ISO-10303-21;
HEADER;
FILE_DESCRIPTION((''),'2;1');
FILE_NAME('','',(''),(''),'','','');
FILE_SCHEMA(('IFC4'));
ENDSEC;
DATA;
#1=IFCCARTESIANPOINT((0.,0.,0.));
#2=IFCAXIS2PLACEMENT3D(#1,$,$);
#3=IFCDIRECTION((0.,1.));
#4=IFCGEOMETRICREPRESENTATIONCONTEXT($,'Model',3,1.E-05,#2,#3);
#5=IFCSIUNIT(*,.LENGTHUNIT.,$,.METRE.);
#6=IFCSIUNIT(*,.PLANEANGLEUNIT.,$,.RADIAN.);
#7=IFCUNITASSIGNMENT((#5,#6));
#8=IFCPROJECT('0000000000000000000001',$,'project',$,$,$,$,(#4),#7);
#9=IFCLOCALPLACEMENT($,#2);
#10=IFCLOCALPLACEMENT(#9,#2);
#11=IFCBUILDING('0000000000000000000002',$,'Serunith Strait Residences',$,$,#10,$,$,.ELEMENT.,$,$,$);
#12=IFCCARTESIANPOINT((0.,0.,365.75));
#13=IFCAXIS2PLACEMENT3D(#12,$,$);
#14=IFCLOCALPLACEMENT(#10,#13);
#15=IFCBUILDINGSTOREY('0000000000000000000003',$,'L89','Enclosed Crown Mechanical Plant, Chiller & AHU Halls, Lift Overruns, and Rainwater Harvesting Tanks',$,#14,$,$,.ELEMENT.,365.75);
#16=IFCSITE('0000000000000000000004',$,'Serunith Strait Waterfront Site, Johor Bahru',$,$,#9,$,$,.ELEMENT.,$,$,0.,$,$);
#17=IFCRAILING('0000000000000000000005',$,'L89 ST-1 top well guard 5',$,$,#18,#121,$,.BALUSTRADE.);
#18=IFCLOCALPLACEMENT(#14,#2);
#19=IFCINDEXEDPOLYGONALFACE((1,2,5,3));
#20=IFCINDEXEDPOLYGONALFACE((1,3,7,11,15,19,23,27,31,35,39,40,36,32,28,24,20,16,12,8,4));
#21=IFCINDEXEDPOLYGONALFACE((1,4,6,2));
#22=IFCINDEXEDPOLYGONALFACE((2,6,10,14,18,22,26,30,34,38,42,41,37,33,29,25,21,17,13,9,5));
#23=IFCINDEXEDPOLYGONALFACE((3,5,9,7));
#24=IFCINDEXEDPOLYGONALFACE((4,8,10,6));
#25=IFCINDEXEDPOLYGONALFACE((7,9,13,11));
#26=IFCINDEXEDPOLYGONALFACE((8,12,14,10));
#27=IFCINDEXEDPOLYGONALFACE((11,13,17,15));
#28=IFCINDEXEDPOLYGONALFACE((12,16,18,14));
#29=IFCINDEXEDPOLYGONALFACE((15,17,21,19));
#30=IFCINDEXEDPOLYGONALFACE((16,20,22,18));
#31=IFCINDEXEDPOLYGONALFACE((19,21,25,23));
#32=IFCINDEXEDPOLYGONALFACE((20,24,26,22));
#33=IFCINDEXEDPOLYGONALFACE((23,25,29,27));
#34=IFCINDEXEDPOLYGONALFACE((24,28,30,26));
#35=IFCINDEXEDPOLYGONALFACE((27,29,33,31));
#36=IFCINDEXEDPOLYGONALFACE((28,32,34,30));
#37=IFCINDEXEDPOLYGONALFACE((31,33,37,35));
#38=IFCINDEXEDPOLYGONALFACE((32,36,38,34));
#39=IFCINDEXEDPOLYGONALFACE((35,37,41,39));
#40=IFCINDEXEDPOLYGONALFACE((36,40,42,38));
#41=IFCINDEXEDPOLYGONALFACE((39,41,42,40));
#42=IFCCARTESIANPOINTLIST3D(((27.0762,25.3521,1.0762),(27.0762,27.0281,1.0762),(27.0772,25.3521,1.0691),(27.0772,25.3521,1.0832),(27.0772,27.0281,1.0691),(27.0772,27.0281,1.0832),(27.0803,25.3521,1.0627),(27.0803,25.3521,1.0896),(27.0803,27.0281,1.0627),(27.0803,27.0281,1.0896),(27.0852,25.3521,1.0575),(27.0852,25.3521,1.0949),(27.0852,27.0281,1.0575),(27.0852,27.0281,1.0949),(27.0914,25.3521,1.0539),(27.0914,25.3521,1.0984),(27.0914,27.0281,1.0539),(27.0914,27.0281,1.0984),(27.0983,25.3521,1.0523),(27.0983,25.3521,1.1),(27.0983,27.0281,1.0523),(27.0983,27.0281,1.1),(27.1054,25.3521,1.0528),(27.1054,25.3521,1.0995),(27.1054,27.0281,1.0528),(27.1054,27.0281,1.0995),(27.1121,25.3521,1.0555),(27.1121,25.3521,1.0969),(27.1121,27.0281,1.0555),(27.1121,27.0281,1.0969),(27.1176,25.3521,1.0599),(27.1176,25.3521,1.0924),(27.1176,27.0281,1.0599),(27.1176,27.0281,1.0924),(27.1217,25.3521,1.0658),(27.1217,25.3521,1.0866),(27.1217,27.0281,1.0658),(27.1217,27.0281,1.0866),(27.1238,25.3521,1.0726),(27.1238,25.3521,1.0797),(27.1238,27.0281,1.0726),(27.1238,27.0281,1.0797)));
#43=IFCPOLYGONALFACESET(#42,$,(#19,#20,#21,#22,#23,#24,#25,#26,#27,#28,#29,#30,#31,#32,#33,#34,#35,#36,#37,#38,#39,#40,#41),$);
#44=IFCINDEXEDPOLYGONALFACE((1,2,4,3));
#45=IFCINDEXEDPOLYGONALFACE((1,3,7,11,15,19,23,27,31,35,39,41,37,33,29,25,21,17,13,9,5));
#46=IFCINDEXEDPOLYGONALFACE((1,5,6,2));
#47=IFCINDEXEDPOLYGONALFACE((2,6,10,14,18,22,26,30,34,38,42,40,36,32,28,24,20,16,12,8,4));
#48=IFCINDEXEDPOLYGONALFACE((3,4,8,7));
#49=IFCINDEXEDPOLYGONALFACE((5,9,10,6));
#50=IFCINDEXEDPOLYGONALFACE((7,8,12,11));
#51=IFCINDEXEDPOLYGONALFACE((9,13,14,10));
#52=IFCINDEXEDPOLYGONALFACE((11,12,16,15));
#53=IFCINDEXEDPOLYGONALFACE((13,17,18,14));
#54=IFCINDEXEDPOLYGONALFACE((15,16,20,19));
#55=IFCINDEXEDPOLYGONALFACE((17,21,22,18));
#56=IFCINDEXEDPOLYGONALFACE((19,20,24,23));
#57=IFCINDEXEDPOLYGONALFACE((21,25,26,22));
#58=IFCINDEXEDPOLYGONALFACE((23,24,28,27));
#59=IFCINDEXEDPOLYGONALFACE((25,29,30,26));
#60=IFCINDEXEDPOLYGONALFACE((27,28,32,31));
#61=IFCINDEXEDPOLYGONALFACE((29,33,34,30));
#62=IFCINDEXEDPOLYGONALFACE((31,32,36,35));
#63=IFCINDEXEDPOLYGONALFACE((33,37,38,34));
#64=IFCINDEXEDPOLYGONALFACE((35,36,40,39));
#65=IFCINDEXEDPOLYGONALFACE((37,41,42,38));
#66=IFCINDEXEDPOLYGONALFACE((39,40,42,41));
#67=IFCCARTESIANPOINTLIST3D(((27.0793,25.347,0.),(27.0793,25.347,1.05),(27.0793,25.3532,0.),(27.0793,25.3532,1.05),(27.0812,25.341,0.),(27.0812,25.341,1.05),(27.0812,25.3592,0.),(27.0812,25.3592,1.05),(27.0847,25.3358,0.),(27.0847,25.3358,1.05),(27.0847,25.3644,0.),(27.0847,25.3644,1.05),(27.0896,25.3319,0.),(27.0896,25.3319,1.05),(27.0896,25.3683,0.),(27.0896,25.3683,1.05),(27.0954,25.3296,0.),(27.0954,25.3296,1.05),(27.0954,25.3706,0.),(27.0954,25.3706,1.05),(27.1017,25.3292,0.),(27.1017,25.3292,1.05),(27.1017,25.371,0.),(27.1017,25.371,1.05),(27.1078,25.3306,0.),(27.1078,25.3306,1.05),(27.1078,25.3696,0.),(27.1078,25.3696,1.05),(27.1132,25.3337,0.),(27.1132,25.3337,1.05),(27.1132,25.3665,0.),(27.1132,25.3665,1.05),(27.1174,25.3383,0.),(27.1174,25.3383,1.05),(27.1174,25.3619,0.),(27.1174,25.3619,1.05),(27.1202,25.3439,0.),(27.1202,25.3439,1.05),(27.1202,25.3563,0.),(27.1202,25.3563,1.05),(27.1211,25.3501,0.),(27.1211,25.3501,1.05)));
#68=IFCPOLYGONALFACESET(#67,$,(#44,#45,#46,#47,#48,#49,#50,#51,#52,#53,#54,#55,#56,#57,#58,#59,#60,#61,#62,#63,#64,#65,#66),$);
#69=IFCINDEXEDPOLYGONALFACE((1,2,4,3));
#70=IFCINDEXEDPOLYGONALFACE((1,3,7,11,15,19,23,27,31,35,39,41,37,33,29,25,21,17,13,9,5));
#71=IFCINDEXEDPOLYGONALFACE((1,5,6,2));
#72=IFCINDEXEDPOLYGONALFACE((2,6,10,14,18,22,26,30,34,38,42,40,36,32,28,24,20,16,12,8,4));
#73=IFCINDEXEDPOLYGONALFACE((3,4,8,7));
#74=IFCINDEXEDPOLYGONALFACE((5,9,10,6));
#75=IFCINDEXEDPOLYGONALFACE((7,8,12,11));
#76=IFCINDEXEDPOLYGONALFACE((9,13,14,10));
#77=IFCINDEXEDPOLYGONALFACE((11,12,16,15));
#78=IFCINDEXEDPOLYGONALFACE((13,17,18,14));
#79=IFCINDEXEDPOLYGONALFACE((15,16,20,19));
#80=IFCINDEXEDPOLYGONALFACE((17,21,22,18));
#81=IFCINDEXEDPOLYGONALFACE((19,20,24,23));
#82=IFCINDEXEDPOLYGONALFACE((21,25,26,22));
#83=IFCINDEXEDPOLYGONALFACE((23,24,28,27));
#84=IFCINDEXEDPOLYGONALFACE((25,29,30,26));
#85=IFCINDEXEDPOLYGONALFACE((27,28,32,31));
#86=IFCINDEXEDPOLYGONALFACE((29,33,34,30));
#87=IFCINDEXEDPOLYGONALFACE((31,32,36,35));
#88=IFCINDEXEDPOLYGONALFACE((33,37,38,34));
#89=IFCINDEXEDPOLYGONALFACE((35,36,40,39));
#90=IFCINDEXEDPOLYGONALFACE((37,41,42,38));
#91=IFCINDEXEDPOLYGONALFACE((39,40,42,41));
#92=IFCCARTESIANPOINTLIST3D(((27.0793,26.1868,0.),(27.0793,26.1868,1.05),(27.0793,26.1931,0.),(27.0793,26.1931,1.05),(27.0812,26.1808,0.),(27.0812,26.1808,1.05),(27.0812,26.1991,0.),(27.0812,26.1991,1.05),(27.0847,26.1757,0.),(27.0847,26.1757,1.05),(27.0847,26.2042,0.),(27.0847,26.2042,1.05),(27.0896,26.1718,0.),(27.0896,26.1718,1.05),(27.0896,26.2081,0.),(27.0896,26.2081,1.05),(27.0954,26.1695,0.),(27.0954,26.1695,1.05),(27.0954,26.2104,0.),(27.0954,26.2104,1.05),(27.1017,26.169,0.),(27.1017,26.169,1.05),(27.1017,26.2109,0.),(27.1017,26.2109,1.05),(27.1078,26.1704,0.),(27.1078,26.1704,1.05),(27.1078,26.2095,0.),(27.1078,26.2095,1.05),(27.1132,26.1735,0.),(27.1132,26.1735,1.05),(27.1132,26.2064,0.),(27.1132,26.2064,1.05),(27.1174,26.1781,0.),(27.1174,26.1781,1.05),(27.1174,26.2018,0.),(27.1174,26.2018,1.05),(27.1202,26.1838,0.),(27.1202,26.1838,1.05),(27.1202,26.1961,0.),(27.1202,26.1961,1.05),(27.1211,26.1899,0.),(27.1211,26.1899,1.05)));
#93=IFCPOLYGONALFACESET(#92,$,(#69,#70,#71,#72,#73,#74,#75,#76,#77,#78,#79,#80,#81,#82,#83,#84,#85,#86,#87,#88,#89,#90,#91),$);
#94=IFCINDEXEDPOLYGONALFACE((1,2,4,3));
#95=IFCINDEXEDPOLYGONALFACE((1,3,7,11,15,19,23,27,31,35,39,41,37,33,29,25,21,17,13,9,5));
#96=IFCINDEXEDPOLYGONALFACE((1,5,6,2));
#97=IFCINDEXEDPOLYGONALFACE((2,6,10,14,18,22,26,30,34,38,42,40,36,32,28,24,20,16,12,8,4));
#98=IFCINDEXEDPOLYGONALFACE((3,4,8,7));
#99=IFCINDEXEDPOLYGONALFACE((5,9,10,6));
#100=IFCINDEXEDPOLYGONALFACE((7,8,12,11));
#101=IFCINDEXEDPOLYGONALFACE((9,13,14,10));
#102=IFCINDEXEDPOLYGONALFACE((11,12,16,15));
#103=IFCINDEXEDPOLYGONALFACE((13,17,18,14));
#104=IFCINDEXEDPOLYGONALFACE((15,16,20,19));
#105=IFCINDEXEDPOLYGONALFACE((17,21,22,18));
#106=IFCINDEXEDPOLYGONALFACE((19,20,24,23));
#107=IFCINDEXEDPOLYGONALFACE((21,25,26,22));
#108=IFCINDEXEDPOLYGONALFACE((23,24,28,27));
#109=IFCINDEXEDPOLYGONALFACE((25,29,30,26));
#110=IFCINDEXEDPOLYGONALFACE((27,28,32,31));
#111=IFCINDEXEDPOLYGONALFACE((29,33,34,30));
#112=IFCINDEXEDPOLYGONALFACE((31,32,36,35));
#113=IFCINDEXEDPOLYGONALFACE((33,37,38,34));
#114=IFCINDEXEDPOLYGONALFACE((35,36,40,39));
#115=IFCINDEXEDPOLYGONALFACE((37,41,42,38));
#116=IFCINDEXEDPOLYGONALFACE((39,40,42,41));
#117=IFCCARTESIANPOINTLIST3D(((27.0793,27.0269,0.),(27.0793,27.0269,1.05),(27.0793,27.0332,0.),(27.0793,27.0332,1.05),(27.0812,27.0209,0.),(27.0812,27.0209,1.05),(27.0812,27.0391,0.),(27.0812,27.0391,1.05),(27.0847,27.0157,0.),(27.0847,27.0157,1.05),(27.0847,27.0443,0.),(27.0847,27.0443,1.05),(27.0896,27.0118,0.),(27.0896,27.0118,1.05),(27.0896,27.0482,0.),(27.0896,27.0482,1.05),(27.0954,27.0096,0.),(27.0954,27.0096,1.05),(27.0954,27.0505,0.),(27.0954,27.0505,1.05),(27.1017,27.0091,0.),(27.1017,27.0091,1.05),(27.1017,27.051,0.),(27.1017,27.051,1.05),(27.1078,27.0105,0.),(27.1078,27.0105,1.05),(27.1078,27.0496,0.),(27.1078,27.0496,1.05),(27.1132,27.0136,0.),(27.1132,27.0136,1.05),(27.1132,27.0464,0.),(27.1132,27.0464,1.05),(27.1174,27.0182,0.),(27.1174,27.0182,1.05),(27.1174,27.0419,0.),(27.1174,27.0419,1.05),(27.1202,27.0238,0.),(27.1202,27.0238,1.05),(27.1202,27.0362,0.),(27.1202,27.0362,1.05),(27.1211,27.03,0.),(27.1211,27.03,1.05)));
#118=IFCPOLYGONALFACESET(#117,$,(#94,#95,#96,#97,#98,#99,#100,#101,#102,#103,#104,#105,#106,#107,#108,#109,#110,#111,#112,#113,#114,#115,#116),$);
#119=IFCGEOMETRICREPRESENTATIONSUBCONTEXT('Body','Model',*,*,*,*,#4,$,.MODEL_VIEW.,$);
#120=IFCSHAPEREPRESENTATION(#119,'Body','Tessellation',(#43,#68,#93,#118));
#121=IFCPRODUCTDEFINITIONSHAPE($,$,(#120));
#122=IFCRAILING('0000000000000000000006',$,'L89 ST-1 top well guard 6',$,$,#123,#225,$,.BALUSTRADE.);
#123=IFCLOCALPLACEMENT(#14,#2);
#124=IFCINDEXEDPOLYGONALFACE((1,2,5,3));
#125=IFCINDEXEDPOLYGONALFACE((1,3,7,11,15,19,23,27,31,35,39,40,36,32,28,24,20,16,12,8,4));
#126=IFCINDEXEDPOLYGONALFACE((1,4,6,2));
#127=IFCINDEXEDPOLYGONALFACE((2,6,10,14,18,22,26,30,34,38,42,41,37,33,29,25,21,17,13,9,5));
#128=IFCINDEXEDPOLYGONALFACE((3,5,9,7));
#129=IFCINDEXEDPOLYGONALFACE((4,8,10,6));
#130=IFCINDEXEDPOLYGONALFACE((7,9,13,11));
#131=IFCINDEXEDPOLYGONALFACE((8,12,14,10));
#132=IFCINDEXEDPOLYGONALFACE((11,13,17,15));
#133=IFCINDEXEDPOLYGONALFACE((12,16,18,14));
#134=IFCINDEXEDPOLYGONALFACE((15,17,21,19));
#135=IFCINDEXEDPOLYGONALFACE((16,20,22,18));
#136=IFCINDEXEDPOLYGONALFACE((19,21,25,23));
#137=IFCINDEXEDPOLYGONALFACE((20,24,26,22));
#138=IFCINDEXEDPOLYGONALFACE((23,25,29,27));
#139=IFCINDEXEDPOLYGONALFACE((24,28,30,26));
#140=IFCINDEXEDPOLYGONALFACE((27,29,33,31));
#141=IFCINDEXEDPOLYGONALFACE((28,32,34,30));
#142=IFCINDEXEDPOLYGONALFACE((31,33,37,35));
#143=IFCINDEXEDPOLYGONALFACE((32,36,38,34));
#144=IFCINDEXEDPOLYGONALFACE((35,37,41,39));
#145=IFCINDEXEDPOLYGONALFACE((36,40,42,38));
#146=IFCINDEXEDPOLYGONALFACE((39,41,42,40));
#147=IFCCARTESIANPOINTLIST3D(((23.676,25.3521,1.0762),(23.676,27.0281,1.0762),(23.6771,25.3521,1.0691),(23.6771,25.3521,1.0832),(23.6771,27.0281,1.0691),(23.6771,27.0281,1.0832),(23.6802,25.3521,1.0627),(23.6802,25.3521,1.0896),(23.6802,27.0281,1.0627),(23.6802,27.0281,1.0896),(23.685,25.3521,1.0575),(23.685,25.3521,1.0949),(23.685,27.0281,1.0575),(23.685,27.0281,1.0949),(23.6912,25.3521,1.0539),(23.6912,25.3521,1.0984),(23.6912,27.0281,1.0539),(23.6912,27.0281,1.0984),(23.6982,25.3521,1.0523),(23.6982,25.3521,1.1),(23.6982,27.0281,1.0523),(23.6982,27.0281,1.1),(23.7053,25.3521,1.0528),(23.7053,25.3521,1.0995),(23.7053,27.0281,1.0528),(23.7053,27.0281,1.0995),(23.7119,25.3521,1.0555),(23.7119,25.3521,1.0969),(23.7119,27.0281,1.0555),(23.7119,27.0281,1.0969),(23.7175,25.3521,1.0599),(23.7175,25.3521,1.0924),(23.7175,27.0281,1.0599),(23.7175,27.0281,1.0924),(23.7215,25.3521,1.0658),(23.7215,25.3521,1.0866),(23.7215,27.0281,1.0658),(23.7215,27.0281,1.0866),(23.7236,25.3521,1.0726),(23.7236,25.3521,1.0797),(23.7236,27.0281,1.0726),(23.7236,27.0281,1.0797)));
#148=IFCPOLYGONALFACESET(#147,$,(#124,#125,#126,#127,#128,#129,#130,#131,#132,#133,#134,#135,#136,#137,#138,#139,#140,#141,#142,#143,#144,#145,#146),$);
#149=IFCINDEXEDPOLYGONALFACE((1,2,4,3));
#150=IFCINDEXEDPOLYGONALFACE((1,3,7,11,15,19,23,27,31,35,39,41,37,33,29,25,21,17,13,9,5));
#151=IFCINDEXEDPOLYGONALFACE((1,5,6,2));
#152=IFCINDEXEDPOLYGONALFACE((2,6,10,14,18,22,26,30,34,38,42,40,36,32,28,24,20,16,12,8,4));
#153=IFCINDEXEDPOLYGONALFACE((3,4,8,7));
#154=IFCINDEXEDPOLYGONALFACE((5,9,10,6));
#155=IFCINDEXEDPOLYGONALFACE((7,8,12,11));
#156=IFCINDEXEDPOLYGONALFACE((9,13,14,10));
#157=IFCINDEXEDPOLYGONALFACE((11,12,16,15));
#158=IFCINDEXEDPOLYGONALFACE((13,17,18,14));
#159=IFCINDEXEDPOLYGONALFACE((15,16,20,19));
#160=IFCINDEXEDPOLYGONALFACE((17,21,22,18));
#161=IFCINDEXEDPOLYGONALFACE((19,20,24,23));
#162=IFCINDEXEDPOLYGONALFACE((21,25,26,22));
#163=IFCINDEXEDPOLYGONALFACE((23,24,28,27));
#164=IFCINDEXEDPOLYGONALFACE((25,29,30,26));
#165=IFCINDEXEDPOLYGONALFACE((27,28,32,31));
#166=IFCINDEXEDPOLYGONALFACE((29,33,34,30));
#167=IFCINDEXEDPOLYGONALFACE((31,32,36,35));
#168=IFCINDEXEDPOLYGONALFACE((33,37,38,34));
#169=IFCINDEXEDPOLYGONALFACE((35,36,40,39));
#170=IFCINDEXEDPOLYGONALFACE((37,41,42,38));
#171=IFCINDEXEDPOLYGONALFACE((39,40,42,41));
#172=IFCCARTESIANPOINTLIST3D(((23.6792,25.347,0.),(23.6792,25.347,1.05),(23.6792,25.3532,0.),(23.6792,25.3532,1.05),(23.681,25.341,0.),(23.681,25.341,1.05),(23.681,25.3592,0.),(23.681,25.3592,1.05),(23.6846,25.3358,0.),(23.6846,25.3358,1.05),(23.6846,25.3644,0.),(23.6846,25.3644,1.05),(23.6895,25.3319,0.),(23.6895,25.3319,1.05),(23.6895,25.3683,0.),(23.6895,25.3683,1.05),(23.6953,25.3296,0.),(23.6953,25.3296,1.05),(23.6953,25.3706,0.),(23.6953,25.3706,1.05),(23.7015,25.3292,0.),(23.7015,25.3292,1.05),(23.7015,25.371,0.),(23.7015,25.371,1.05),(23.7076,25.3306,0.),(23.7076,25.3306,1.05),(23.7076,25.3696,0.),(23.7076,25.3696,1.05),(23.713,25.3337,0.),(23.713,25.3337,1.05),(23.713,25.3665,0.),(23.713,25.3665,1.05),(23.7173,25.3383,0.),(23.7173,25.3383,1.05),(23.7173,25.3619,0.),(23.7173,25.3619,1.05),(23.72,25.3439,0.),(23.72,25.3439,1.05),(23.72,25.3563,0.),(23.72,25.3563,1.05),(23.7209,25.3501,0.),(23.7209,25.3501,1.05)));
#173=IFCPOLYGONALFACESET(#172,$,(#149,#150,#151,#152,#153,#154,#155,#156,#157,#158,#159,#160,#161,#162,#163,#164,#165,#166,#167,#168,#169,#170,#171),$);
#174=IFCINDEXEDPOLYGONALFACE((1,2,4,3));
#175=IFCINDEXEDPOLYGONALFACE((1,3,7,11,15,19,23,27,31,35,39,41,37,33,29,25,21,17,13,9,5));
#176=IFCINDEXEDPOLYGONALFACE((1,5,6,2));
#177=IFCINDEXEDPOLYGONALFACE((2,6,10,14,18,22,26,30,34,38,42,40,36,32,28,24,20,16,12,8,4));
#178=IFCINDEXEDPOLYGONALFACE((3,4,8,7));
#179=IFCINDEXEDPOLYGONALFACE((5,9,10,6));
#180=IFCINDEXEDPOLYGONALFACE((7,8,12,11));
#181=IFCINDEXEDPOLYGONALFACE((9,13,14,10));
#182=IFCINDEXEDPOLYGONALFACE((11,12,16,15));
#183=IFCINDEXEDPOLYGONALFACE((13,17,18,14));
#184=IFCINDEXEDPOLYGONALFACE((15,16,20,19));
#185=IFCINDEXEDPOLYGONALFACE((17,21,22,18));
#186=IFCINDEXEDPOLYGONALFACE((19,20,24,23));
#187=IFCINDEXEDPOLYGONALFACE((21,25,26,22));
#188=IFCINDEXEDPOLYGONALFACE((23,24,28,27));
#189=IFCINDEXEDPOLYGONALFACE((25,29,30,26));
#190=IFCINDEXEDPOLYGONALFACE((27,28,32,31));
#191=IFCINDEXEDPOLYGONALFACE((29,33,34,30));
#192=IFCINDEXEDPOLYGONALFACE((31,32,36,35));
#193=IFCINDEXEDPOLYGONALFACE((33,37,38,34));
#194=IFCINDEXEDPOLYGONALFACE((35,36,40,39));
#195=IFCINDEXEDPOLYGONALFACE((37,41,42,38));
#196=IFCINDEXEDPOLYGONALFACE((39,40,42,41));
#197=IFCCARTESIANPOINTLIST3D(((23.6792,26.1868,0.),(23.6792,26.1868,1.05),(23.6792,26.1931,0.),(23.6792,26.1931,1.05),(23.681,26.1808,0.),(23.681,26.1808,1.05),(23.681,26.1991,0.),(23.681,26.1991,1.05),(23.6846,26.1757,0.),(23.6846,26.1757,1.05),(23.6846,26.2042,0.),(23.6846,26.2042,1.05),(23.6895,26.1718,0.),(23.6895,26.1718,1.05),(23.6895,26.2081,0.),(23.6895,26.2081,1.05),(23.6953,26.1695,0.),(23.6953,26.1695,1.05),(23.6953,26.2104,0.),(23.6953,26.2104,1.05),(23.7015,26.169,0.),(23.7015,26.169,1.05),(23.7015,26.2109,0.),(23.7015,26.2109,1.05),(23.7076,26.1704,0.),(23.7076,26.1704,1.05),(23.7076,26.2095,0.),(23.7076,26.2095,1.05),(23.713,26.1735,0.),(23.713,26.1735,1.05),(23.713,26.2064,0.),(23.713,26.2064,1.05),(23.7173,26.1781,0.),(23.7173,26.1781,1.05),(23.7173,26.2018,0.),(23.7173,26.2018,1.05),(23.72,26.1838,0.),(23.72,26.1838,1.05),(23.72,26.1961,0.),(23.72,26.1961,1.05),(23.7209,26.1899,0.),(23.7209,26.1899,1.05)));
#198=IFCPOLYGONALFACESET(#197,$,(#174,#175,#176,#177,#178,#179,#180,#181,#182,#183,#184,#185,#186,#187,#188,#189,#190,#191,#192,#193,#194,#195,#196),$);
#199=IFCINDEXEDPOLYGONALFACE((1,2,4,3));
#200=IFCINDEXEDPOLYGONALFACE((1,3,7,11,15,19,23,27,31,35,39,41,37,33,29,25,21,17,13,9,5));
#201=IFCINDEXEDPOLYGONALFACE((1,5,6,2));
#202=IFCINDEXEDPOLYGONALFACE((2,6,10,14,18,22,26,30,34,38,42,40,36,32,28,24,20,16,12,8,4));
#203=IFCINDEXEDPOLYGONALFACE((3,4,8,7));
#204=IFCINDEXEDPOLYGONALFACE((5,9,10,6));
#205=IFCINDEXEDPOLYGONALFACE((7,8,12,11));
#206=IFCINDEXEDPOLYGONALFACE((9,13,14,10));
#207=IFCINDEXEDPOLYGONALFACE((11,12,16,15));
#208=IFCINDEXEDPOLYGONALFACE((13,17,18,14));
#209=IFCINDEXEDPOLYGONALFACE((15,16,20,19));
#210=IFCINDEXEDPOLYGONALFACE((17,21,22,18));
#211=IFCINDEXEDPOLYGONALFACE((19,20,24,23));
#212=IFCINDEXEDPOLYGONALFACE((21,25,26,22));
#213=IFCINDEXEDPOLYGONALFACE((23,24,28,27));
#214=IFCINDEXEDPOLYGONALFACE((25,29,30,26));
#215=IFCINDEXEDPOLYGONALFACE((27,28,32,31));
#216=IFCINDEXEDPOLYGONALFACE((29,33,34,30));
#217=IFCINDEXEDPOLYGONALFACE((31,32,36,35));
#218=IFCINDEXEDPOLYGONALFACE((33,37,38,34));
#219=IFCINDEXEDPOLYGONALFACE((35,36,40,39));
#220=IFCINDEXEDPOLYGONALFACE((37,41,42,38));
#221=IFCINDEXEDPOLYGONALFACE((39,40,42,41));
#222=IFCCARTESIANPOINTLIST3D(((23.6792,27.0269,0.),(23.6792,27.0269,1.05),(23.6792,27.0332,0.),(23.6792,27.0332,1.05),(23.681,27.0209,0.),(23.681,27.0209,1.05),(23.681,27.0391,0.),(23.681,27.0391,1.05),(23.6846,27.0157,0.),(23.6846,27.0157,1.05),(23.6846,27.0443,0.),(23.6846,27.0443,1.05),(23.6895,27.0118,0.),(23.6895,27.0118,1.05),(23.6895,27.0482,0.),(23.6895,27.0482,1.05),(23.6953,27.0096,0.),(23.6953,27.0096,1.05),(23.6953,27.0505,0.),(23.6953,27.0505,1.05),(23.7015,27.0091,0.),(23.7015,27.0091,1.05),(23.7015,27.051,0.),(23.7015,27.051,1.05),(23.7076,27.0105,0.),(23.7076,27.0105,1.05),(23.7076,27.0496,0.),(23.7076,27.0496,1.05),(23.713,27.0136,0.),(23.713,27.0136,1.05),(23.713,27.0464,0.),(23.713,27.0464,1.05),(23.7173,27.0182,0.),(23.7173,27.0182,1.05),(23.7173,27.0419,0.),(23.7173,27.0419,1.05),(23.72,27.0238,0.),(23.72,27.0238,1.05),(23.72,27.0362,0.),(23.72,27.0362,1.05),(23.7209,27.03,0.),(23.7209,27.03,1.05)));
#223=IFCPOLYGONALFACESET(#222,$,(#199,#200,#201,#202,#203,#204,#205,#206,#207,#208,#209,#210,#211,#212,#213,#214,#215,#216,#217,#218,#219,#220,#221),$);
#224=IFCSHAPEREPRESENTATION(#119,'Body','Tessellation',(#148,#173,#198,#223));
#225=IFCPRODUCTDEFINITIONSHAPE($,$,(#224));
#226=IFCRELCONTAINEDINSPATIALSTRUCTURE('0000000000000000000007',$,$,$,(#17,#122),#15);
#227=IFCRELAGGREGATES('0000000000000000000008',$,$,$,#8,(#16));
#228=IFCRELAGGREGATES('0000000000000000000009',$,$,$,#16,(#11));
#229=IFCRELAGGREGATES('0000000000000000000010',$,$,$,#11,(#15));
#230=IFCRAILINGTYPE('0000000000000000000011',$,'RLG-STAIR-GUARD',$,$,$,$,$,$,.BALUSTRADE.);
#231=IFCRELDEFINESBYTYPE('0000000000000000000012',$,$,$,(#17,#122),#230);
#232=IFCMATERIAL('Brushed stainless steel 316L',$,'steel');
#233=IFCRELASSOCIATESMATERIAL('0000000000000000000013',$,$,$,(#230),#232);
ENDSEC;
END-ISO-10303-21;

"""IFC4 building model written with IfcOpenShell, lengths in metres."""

from ifc_helpers import new_model, si_unit, direction, frame, origin, origin_2d, place, context, subcontext, project, spatial, circle, extrude, material, type_object, element, save


model = new_model("IFC4")

# Units and contexts
model_context = context("Model", 3, precision=1e-05, world=origin(), true_north=direction((0.0, 1.0)))
body_context = subcontext(model_context, "Body", "Model", "MODEL_VIEW")
ifc_project = project(units=[si_unit("LENGTHUNIT", "METRE"), si_unit("PLANEANGLEUNIT", "RADIAN")], contexts=[model_context])

# Site, building, storey
site_placement = place(None, origin())
site = spatial("IfcSite", under=ifc_project, at=site_placement, Name="Serunith Strait Waterfront Site, Johor Bahru", CompositionType="ELEMENT", RefElevation=0.0)
building_placement = place(site_placement, origin())
building = spatial("IfcBuilding", under=site, at=building_placement, Name="Serunith Strait Residences", CompositionType="ELEMENT")
storey_placement = place(building_placement, frame((0.0, 0.0, 365.75)))
storey = spatial("IfcBuildingStorey", under=building, at=storey_placement, Name="L89", Description="Enclosed Crown Mechanical Plant, Chiller & AHU Halls, Lift Overruns, and Rainwater Harvesting Tanks", CompositionType="ELEMENT", Elevation=365.75)

# Railings
ifc_material_1 = material(Name="Brushed stainless steel 316L", Category="steel")
railing_type = type_object("IfcRailingType", Name="RLG-STAIR-GUARD", PredefinedType="BALUSTRADE", material=ifc_material_1)
for number, where, name in (
    (1, (27.1001, 25.3501, 0.0), "L89 ST-1 top well guard 5"),
    (2, (23.7, 25.3501, 0.0), "L89 ST-1 top well guard 6"),
):
    element("IfcRailing", number, at=place(storey_placement, frame(where)), inside=storey, type_object=railing_type, Name=name, PredefinedType="BALUSTRADE", context=body_context, shape_type="SweptSolid", body=[
        extrude(circle(Radius=0.0239, at=origin_2d()), frame((0.0, 0.002, 1.0762), z_axis=(0.0, 1.0, 0.0), x_axis=(-1.0, 0.0, 0.0)), (0.0, 0.0, 1.0), 1.676),
        extrude(circle(Radius=0.021, at=origin_2d()), origin(), (0.0, 0.0, 1.0), 1.05),
        extrude(circle(Radius=0.021, at=origin_2d()), frame((0.0, 0.8398, 0.0)), (0.0, 0.0, 1.0), 1.05),
        extrude(circle(Radius=0.021, at=origin_2d()), frame((0.0, 1.6799, 0.0)), (0.0, 0.0, 1.0), 1.05),
    ])

save(model, "model.ifc")
